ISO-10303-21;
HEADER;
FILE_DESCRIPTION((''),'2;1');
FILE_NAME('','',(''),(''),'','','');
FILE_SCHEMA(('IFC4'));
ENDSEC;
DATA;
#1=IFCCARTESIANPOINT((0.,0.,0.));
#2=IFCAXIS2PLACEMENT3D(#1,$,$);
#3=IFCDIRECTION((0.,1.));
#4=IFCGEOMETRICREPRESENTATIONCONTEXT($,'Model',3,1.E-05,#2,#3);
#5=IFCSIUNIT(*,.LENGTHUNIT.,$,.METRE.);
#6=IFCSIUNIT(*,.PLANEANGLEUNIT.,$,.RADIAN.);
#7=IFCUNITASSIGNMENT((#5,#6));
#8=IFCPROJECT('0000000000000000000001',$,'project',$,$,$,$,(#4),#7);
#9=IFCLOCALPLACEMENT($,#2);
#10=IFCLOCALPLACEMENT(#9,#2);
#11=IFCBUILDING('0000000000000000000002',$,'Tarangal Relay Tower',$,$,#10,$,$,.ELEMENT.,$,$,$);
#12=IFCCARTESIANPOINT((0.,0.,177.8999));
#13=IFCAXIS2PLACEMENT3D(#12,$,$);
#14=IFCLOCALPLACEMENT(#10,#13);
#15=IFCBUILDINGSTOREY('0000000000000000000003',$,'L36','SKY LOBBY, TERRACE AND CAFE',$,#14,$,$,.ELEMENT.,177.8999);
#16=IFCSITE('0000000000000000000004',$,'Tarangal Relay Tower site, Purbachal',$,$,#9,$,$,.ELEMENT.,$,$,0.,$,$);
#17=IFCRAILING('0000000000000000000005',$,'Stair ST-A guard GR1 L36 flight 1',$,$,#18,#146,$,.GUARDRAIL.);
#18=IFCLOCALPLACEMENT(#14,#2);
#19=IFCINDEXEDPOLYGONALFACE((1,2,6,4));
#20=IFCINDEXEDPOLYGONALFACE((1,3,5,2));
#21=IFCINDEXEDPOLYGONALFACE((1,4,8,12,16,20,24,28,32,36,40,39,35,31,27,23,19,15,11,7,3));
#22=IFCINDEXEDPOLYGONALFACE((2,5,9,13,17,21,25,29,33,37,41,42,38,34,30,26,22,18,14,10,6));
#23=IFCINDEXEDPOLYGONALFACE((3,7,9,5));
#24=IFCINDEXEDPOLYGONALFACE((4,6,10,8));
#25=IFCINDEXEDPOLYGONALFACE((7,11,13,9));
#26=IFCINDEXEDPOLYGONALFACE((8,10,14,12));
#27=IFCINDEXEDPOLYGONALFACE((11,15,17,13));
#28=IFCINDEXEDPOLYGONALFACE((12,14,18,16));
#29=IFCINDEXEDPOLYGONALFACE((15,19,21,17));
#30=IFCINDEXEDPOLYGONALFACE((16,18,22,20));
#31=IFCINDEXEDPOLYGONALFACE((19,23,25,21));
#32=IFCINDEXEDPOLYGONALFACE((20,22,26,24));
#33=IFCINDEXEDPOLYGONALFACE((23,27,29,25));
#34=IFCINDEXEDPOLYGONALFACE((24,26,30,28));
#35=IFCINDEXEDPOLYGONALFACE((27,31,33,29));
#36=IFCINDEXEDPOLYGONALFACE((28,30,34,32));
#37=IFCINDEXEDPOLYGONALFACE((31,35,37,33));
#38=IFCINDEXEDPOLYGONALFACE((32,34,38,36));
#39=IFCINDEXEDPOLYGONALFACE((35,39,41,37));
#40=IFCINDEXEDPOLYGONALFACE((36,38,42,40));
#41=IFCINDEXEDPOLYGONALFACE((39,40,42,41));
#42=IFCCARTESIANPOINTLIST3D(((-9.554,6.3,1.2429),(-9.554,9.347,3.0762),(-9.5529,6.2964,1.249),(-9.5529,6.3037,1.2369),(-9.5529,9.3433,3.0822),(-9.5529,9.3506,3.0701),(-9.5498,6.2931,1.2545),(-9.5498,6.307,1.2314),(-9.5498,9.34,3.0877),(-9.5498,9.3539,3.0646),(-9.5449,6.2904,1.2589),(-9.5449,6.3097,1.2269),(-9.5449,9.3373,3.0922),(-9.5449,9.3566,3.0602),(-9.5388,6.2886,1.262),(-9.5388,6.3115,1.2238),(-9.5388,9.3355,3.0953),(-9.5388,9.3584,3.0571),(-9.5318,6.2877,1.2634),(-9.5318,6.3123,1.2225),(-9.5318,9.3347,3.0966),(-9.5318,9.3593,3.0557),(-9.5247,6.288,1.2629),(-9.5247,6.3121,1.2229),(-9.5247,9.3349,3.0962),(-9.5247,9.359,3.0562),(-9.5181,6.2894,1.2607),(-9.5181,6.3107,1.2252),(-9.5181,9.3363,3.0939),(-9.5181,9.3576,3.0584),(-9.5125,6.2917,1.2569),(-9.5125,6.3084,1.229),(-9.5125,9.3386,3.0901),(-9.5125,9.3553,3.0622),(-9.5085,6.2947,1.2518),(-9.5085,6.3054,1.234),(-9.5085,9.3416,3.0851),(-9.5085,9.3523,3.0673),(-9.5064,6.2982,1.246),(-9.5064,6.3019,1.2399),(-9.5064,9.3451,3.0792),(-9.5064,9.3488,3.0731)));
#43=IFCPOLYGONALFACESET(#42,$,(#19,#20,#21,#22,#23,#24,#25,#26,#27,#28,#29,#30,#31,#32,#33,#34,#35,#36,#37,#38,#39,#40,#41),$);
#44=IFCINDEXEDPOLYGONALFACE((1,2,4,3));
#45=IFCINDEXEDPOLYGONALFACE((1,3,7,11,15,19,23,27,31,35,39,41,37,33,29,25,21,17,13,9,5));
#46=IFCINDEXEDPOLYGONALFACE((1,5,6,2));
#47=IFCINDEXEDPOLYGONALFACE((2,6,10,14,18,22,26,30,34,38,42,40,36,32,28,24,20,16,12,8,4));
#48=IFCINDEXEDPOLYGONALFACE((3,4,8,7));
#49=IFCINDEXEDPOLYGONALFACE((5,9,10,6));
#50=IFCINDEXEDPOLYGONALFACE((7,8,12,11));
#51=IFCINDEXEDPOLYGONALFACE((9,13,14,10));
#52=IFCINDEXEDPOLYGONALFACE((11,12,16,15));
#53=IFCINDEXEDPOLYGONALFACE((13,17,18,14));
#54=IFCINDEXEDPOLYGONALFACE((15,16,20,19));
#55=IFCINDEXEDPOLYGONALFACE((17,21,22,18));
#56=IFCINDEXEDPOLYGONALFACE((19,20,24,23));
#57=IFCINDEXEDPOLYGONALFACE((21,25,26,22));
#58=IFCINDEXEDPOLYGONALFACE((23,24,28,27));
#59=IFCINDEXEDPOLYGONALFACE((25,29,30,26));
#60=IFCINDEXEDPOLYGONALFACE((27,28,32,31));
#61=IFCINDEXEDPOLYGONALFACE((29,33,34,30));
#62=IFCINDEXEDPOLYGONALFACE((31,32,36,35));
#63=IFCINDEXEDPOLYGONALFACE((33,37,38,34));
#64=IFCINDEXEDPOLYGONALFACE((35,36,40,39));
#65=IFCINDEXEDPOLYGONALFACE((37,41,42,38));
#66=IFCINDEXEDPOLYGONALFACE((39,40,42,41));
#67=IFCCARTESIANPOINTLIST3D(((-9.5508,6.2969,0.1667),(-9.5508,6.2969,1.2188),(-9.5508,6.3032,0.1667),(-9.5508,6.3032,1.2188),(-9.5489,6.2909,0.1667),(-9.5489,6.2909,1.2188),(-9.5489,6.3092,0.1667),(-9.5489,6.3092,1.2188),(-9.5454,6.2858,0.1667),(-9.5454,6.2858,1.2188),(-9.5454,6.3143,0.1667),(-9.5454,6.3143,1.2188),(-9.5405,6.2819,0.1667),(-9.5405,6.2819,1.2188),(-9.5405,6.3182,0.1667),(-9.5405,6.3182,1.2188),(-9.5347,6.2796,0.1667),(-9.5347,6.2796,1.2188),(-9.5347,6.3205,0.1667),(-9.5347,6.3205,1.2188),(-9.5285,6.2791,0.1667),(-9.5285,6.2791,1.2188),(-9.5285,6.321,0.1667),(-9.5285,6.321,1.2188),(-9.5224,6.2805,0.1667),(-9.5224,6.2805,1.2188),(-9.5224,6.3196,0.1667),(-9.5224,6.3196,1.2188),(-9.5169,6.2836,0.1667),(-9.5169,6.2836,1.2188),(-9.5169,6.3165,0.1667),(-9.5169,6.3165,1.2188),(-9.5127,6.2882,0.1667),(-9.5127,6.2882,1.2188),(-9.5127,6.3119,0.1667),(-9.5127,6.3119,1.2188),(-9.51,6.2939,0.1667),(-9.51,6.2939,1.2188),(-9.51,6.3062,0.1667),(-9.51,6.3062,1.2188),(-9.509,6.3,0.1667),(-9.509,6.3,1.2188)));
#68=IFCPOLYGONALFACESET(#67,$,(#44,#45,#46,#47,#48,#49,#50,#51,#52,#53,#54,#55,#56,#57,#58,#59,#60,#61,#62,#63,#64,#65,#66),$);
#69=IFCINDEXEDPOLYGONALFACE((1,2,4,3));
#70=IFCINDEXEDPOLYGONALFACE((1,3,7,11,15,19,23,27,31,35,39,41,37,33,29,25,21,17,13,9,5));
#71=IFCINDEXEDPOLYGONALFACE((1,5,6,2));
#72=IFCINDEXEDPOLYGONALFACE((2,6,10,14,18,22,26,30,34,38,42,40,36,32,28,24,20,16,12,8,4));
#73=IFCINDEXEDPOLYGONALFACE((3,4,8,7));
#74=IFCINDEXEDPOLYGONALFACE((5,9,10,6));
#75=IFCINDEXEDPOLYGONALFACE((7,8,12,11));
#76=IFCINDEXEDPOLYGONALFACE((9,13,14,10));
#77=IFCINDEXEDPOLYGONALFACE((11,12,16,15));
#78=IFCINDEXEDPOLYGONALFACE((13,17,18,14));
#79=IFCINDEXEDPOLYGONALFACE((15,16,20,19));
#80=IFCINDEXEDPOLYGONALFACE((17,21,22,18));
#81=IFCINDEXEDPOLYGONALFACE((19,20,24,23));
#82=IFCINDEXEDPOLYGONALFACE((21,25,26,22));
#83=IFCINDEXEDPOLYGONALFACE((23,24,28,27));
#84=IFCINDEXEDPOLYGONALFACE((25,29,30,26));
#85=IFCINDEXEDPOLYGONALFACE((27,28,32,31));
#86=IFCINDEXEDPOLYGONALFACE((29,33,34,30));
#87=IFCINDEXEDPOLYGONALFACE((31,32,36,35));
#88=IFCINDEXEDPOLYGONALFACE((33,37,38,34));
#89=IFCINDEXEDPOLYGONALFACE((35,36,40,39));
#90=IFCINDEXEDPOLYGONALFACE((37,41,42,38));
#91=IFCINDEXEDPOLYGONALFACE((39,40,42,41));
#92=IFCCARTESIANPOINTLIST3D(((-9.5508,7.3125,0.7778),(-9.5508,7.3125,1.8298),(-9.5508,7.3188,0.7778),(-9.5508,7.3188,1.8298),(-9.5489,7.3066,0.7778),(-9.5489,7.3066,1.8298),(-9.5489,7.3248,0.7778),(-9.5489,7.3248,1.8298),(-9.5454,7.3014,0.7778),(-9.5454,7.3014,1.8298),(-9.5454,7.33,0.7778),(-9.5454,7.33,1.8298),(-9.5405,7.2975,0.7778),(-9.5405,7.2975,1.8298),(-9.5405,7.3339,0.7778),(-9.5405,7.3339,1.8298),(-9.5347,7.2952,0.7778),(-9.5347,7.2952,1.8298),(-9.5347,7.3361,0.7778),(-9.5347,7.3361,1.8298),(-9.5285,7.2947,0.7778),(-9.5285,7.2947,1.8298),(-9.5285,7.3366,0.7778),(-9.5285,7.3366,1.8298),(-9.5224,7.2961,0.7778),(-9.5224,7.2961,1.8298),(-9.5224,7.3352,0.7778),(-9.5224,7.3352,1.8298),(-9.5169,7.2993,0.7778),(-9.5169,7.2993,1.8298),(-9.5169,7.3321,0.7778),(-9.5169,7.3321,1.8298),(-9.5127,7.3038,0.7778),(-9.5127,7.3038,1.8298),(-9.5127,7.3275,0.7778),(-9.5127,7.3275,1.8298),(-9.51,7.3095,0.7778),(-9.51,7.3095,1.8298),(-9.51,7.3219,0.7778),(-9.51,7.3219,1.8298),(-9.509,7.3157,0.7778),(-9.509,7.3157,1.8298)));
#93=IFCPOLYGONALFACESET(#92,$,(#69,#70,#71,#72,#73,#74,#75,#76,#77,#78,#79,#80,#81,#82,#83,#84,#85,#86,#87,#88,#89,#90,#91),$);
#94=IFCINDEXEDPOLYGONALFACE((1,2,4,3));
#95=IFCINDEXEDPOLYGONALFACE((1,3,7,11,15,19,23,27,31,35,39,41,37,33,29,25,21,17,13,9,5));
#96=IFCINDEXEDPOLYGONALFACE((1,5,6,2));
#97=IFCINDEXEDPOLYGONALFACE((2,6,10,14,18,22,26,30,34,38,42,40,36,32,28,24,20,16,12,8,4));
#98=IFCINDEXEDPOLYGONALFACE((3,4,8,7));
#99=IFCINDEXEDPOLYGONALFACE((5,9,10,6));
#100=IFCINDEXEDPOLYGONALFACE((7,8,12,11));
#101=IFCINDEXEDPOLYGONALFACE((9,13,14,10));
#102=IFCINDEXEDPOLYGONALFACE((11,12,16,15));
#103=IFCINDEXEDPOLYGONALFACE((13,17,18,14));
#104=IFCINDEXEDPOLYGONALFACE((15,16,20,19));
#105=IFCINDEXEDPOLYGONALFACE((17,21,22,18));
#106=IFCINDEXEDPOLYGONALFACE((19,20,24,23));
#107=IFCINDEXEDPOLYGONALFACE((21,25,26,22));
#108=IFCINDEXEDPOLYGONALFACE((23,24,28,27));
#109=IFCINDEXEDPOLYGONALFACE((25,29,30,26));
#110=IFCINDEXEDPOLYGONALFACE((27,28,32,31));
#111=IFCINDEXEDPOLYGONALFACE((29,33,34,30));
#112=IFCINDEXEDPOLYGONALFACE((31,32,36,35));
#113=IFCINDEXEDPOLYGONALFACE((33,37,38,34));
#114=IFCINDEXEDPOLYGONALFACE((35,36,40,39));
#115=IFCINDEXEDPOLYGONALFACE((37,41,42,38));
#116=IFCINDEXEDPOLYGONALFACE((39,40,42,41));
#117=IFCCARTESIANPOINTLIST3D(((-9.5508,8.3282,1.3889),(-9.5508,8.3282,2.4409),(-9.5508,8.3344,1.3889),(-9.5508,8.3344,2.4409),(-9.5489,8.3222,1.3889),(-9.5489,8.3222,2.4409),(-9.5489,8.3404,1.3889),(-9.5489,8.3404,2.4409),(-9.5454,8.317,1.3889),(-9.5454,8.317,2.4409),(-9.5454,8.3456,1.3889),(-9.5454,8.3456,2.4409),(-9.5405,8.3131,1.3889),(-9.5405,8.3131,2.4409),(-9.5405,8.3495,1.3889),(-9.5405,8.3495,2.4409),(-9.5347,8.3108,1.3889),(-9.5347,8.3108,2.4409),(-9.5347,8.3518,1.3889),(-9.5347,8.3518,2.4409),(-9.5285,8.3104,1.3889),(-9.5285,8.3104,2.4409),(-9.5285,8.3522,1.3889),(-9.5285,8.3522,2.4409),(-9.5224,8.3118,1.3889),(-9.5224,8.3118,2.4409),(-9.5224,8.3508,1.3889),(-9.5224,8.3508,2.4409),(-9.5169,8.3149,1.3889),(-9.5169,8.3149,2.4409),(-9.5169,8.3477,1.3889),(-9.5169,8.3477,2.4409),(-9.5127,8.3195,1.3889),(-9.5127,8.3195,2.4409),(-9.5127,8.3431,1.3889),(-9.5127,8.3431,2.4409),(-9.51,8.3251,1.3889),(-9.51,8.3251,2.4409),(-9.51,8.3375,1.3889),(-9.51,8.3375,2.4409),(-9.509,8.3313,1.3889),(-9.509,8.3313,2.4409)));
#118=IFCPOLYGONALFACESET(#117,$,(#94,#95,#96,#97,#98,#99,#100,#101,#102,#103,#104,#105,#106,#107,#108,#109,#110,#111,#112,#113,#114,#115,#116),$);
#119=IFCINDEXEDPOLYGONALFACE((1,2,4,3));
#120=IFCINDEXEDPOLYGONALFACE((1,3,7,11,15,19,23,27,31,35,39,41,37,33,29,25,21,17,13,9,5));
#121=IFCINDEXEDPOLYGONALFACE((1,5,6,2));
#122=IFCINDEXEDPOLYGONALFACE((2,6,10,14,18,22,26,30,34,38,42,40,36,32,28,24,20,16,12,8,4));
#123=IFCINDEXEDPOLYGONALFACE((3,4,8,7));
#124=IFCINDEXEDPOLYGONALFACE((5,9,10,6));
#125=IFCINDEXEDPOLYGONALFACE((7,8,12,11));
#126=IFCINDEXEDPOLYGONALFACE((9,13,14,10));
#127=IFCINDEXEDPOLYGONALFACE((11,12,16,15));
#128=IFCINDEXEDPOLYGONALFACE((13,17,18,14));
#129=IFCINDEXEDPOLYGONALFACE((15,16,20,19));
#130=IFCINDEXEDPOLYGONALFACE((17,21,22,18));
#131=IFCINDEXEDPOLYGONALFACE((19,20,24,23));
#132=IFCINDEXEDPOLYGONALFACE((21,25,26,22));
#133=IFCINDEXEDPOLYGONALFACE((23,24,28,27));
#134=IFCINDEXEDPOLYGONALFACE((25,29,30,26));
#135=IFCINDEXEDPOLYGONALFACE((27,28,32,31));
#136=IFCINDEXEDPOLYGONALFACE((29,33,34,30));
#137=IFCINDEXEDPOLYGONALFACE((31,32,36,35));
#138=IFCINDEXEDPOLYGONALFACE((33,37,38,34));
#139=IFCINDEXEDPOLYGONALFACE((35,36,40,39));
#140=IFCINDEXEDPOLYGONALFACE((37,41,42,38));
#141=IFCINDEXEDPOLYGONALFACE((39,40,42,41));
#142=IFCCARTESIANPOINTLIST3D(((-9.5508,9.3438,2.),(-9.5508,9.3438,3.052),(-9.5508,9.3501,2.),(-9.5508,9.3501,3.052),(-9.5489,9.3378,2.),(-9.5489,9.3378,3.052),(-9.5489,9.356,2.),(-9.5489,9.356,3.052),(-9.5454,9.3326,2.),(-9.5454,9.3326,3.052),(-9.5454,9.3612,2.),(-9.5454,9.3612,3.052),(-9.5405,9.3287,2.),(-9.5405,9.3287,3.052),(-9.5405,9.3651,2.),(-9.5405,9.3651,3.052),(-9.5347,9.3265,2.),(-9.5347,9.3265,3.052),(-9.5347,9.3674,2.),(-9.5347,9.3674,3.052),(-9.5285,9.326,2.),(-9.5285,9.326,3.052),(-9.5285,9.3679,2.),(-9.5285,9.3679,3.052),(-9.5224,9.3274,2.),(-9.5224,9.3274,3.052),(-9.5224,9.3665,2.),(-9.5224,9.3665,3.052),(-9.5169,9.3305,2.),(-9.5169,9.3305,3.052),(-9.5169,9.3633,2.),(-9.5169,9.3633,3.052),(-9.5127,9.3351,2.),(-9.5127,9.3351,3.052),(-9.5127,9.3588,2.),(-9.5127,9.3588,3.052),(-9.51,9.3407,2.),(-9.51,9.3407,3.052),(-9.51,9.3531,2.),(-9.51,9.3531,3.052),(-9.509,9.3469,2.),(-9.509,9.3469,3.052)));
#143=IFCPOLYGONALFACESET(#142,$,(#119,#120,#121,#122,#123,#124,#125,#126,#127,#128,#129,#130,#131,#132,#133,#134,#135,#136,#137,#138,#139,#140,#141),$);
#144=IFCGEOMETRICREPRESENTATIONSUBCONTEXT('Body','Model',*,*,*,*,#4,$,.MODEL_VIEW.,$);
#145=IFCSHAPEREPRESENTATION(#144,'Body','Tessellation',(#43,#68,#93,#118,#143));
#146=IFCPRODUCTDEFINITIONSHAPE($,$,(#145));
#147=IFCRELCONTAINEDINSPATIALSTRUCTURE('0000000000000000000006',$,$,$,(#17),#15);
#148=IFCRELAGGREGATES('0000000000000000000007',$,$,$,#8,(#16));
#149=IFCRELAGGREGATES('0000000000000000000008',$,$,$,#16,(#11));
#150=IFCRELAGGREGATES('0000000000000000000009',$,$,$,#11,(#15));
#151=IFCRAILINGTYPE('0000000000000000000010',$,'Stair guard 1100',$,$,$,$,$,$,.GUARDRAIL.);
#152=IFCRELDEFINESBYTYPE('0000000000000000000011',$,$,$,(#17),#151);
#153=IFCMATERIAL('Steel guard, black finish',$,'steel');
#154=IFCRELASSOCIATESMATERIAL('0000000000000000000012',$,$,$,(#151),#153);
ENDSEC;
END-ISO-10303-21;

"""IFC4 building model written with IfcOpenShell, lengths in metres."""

from ifc_helpers import new_model, si_unit, direction, frame, origin, origin_2d, place, context, subcontext, project, spatial, circle, extrude, material, type_object, element, save


model = new_model("IFC4")

# Units and contexts
model_context = context("Model", 3, precision=1e-05, world=origin(), true_north=direction((0.0, 1.0)))
body_context = subcontext(model_context, "Body", "Model", "MODEL_VIEW")
ifc_project = project(units=[si_unit("LENGTHUNIT", "METRE"), si_unit("PLANEANGLEUNIT", "RADIAN")], contexts=[model_context])

# Site, building, storey
site_placement = place(None, origin())
site = spatial("IfcSite", under=ifc_project, at=site_placement, Name="Tarangal Relay Tower site, Purbachal", CompositionType="ELEMENT", RefElevation=0.0)
building_placement = place(site_placement, origin())
building = spatial("IfcBuilding", under=site, at=building_placement, Name="Tarangal Relay Tower", CompositionType="ELEMENT")
storey_placement = place(building_placement, frame((0.0, 0.0, 177.8999)))
storey = spatial("IfcBuildingStorey", under=building, at=storey_placement, Name="L36", Description="SKY LOBBY, TERRACE AND CAFE", CompositionType="ELEMENT", Elevation=177.8999)

# Railing
ifc_material_1 = material(Name="Steel guard, black finish", Category="steel")
railing_type_1 = type_object("IfcRailingType", Name="Stair guard 1100", PredefinedType="GUARDRAIL", material=ifc_material_1)
railing_1_placement = place(storey_placement, frame((-9.53, 6.3, 0.1667)))
element("IfcRailing", 1, at=railing_1_placement, inside=storey, type_object=railing_type_1, Name="Stair ST-A guard GR1 L36 flight 1", PredefinedType="GUARDRAIL", context=body_context, shape_type="SweptSolid", body=[
    extrude(circle(Radius=0.0239, at=origin_2d()), frame((0.0, 0.0, 1.0762), z_axis=(0.0, 0.856856, 0.515556), x_axis=(-1.0, 0.0, 0.0)), (0.0, 0.0, 1.0), 3.5559),
    extrude(circle(Radius=0.021, at=origin_2d()), origin(), (0.0, 0.0, 1.0), 1.052),
    extrude(circle(Radius=0.021, at=origin_2d()), frame((0.0, 1.0156, 0.6111)), (0.0, 0.0, 1.0), 1.052),
    extrude(circle(Radius=0.021, at=origin_2d()), frame((0.0, 2.0312, 1.2222)), (0.0, 0.0, 1.0), 1.052),
    extrude(circle(Radius=0.021, at=origin_2d()), frame((0.0, 3.0469, 1.8333)), (0.0, 0.0, 1.0), 1.052),
])

save(model, "model.ifc")
